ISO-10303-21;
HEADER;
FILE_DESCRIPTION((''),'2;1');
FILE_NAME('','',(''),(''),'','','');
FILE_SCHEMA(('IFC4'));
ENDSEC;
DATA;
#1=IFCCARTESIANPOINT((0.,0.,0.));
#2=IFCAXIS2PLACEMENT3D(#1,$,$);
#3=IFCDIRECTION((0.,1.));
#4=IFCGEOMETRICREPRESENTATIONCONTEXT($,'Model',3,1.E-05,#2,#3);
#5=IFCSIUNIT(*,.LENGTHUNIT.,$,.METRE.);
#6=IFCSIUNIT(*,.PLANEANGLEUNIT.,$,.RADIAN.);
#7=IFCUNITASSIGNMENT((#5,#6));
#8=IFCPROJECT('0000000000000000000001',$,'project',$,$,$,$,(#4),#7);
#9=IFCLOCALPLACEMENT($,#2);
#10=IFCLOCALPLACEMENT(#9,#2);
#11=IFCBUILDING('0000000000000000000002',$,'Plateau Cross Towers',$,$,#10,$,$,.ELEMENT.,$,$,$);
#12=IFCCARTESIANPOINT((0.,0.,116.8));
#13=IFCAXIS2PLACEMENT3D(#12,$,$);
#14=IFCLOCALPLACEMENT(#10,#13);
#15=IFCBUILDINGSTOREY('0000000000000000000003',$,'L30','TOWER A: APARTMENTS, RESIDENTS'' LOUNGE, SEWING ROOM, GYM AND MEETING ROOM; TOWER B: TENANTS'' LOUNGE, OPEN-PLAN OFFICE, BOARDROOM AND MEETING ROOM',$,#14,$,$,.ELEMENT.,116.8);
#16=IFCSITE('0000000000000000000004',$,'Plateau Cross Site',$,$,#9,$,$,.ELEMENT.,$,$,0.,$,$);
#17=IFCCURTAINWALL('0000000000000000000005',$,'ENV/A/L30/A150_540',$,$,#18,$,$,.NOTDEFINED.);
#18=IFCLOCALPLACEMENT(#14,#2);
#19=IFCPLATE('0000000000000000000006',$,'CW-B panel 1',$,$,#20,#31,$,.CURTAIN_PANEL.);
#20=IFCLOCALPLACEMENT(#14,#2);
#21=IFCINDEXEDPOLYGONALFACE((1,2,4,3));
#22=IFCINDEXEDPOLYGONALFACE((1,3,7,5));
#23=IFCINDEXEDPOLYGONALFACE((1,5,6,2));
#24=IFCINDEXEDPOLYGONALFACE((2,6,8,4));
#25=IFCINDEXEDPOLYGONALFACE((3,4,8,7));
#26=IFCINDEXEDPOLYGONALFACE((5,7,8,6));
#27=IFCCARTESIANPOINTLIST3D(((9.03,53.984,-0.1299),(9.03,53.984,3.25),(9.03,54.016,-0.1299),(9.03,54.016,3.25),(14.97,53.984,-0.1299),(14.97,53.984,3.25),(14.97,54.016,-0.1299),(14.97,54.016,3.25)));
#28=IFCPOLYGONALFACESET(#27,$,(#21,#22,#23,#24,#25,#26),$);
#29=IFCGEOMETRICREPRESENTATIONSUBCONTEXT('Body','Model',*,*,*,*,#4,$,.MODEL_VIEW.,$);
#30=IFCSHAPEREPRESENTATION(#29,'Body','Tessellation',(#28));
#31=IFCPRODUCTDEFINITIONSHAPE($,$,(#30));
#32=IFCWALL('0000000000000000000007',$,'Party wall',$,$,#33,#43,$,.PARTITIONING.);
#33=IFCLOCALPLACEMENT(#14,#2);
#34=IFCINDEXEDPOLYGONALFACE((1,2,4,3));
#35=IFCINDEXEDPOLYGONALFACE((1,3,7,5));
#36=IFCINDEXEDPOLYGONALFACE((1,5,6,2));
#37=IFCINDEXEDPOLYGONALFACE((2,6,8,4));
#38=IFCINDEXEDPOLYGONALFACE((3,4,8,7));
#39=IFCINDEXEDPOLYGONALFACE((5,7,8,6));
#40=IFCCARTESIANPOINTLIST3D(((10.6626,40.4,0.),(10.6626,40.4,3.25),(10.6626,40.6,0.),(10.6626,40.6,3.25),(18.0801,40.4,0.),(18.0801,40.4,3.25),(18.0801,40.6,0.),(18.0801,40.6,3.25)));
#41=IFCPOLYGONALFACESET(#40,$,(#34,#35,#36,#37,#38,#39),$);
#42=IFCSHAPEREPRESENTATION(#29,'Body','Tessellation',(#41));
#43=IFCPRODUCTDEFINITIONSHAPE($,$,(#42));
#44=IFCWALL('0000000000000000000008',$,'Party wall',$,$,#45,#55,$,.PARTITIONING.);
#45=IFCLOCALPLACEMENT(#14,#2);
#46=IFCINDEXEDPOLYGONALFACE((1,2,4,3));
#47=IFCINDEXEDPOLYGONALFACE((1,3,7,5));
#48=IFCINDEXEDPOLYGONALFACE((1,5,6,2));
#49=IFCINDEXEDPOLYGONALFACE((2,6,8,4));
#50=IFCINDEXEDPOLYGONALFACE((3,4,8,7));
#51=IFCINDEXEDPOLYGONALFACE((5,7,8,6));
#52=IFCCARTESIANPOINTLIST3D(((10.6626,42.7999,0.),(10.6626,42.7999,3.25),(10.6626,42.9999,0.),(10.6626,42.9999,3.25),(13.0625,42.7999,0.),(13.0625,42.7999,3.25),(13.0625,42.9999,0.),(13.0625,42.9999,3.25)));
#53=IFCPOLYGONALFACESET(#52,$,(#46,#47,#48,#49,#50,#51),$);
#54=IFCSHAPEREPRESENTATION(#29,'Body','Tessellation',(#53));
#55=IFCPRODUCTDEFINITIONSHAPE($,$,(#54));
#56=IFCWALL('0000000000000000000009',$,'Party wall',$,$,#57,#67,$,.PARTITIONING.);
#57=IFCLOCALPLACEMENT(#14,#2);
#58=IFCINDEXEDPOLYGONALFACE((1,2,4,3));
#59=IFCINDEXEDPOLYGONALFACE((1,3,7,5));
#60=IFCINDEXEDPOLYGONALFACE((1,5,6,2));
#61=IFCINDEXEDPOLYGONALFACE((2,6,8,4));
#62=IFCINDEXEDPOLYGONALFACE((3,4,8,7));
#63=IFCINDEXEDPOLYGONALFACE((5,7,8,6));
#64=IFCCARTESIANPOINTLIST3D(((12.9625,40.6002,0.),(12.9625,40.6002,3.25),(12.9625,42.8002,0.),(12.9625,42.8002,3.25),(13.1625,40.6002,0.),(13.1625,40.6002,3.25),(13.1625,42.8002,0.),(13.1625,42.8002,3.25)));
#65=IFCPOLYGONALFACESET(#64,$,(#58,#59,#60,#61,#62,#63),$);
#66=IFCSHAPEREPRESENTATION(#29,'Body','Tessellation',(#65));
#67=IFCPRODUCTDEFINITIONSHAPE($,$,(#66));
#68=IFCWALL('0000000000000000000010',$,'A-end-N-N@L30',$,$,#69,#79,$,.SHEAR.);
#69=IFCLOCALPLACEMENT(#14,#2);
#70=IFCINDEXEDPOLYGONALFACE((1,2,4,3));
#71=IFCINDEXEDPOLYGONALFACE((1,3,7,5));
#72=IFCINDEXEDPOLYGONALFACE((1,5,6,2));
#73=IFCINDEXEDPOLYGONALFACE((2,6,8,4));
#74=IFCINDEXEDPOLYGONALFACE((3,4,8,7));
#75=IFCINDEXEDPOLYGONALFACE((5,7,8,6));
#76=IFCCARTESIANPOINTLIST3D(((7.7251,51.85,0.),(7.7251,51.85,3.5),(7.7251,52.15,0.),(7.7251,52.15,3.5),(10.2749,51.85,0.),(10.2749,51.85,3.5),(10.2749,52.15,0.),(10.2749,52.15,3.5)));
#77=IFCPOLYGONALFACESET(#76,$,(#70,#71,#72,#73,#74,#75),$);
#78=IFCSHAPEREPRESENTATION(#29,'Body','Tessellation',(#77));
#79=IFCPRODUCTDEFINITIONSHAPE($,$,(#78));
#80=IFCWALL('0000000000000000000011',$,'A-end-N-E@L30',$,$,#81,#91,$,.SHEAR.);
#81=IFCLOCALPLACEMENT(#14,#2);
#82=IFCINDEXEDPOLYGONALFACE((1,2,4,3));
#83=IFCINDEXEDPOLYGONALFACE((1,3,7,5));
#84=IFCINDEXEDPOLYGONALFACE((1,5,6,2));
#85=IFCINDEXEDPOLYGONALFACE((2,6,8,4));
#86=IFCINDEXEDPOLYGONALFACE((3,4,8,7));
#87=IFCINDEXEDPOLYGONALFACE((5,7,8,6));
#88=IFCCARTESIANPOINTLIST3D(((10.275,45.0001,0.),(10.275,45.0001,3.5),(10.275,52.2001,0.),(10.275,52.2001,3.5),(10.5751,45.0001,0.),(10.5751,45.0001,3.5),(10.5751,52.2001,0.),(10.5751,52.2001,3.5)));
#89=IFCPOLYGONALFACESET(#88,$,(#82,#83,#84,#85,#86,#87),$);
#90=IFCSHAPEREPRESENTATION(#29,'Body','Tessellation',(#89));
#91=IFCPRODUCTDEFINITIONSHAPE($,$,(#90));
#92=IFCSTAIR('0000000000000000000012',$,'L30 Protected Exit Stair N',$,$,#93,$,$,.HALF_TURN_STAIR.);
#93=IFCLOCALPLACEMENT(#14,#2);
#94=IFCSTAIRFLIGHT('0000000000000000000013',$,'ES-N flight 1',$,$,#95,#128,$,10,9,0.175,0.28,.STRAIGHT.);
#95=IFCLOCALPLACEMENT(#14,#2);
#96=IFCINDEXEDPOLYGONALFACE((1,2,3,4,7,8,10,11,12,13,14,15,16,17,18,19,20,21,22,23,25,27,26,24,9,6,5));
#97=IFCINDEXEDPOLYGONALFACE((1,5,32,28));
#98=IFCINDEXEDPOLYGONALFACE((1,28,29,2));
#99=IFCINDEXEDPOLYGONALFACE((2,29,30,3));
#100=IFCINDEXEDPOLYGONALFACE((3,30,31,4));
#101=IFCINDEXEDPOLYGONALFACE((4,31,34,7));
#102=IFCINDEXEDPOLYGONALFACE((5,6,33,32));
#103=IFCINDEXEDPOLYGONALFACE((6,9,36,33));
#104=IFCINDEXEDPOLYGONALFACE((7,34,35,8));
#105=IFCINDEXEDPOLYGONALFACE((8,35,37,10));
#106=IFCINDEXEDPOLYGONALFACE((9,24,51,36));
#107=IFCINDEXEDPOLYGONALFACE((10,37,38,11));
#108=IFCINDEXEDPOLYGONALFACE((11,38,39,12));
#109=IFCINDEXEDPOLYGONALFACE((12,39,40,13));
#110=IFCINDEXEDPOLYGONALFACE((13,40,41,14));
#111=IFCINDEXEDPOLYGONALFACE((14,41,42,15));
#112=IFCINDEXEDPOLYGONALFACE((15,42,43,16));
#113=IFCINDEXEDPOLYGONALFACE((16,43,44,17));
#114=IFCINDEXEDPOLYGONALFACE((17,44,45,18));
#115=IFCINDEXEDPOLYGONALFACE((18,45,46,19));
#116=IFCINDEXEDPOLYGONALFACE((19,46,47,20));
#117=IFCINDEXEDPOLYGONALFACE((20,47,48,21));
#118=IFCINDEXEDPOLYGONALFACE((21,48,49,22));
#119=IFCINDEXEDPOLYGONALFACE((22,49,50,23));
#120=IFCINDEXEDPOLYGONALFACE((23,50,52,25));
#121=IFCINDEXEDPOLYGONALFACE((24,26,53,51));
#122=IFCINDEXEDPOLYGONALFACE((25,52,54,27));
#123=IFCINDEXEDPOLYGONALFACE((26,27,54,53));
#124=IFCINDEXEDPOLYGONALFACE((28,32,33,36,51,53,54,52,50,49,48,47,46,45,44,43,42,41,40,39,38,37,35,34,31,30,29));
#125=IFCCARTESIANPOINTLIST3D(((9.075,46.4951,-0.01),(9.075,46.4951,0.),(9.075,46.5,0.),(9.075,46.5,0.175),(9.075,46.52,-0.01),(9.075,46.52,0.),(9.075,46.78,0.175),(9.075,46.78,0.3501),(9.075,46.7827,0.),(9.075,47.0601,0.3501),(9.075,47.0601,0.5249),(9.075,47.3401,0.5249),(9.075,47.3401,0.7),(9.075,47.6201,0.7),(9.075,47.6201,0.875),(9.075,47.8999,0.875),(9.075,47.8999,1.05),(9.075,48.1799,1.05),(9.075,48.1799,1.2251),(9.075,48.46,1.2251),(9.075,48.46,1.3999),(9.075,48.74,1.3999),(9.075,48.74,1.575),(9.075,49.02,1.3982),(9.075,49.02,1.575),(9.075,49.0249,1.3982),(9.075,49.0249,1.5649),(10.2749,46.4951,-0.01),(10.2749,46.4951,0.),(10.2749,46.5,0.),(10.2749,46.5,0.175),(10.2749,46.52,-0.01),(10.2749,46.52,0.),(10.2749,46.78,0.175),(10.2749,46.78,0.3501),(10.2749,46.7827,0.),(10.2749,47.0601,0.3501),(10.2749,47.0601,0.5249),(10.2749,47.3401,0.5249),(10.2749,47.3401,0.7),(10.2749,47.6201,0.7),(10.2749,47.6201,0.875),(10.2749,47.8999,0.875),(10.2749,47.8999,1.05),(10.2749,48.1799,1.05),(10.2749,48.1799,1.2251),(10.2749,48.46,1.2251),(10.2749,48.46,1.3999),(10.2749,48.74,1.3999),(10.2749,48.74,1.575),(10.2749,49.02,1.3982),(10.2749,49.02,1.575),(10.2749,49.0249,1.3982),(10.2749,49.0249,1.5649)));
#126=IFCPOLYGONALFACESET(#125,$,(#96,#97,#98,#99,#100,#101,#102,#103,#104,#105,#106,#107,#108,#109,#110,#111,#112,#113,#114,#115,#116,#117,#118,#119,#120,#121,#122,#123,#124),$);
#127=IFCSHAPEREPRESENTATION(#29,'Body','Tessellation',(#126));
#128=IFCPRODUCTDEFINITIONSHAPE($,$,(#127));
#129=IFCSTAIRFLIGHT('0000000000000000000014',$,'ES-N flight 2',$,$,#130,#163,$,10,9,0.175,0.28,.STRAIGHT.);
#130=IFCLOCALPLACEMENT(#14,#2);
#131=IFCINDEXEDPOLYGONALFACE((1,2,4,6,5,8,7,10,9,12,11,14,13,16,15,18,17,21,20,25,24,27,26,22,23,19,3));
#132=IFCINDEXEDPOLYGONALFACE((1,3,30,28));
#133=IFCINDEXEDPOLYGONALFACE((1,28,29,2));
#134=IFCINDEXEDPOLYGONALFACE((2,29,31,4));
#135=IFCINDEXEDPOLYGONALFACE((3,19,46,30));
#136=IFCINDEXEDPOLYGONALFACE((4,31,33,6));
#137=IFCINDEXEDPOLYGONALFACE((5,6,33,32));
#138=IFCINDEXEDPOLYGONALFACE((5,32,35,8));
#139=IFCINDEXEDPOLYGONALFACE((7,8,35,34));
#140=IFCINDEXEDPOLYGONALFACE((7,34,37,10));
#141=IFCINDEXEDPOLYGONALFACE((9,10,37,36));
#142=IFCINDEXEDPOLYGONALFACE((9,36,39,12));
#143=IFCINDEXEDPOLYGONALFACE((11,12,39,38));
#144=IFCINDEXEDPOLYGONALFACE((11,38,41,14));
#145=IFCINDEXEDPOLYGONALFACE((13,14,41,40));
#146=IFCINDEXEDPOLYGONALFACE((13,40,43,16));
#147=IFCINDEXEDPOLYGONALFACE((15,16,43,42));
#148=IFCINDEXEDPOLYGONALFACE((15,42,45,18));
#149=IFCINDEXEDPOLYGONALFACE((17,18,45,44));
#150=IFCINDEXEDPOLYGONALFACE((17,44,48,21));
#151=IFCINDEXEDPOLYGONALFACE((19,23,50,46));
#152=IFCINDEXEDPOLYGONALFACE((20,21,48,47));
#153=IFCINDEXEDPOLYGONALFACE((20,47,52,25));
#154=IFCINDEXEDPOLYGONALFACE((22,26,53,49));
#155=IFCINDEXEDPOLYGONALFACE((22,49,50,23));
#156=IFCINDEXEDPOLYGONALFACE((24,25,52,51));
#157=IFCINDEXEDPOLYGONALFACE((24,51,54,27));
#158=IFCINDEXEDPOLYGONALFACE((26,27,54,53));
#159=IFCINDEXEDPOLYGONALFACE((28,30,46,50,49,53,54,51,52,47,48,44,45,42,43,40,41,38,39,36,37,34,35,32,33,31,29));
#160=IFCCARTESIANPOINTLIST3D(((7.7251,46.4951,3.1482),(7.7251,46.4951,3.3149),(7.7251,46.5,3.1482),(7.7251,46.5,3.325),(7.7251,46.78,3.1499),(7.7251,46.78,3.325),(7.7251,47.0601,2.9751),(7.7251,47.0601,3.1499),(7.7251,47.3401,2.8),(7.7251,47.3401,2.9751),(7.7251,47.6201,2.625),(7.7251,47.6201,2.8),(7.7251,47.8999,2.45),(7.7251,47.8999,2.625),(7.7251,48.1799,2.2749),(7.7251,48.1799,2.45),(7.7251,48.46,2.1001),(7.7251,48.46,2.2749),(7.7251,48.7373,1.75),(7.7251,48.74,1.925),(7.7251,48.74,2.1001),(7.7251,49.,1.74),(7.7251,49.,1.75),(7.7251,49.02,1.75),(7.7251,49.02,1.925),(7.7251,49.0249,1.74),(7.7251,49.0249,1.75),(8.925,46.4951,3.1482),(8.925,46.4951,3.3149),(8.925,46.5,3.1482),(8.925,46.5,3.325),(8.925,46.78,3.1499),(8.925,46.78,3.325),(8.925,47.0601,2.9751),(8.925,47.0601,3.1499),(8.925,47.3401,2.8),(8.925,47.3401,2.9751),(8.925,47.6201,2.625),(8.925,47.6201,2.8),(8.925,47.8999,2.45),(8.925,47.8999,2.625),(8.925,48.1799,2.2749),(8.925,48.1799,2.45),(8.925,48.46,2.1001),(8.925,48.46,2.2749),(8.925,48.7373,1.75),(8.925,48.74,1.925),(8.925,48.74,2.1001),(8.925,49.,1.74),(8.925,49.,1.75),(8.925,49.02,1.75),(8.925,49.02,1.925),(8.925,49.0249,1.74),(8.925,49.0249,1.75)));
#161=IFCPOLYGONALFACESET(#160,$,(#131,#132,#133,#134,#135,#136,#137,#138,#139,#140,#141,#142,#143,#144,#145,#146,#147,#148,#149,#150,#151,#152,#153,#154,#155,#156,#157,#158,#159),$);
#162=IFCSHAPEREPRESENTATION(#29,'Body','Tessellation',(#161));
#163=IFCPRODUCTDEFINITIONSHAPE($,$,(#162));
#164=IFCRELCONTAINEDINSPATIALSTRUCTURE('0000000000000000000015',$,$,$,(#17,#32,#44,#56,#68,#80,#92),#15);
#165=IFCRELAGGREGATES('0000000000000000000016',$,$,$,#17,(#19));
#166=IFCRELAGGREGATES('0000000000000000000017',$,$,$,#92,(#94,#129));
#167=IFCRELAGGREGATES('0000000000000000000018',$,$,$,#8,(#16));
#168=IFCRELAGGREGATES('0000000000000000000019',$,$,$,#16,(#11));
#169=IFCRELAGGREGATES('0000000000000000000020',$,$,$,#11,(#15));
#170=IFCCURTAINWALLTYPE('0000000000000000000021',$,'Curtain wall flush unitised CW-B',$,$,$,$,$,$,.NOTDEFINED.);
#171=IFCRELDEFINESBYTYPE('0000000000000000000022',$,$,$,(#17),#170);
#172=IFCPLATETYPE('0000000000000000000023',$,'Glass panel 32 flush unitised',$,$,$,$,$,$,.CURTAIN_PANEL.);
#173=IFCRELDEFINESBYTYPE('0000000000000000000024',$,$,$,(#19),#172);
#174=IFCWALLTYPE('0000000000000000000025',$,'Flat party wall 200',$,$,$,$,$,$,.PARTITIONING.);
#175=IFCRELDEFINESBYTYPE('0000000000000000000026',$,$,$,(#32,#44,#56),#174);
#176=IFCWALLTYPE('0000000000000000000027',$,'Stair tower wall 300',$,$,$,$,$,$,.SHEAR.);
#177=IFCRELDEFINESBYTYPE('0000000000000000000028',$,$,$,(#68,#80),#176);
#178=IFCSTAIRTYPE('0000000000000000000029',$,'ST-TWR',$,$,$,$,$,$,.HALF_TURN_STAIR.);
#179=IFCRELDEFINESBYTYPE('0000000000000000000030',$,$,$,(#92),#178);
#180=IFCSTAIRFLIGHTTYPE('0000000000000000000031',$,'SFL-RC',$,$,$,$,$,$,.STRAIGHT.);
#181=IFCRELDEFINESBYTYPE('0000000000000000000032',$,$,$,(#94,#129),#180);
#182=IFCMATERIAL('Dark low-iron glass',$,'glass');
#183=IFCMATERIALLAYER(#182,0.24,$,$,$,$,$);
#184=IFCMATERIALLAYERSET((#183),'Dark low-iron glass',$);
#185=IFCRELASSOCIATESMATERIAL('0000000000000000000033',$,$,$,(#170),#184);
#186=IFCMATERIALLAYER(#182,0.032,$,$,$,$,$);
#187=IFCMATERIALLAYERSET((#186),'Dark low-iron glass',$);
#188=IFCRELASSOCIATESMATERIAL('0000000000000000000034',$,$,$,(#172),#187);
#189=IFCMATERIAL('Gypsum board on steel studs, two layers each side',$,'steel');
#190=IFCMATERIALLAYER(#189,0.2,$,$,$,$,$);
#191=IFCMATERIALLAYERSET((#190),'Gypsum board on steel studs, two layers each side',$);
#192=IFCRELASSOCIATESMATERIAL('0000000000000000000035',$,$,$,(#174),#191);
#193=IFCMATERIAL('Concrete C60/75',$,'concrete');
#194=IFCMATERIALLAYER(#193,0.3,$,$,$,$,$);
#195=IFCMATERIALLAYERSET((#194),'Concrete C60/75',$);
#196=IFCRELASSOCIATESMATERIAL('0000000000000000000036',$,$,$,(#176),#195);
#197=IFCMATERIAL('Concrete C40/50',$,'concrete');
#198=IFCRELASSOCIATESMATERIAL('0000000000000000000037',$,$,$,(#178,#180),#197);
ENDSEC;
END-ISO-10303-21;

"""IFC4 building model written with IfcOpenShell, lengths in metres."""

from ifc_helpers import new_model, si_unit, direction, frame, frame_2d, origin, origin_2d, place, context, subcontext, project, spatial, polyline, rectangle, outline, extrude, material, layer, layer_set, type_object, element, aggregate, save


model = new_model("IFC4")

# Units and contexts
model_context = context("Model", 3, precision=1e-05, world=origin(), true_north=direction((0.0, 1.0)))
body_context = subcontext(model_context, "Body", "Model", "MODEL_VIEW")
ifc_project = project(units=[si_unit("LENGTHUNIT", "METRE"), si_unit("PLANEANGLEUNIT", "RADIAN")], contexts=[model_context])

# Site, building, storey
site_placement = place(None, origin())
site = spatial("IfcSite", under=ifc_project, at=site_placement, Name="Plateau Cross Site", CompositionType="ELEMENT", RefElevation=0.0)
building_placement = place(site_placement, origin())
building = spatial("IfcBuilding", under=site, at=building_placement, Name="Plateau Cross Towers", CompositionType="ELEMENT")
storey_placement = place(building_placement, frame((0.0, 0.0, 116.8)))
storey = spatial("IfcBuildingStorey", under=building, at=storey_placement, Name="L30", Description="TOWER A: APARTMENTS, RESIDENTS' LOUNGE, SEWING ROOM, GYM AND MEETING ROOM; TOWER B: TENANTS' LOUNGE, OPEN-PLAN OFFICE, BOARDROOM AND MEETING ROOM", CompositionType="ELEMENT", Elevation=116.8)

# Shared definitions
ifc_material_1 = material(Name="Concrete C60/75", Category="concrete")

# Shared definitions
ifc_material_2 = material(Name="Dark low-iron glass", Category="glass")
ifc_layer_1 = layer(ifc_material_2, 0.24)
ifc_layer_set_1 = layer_set([ifc_layer_1], Name="Dark low-iron glass")
curtain_wall_type = type_object("IfcCurtainWallType", Name="Curtain wall flush unitised CW-B", PredefinedType="NOTDEFINED", material=ifc_layer_set_1)

# Curtain wall
curtain_wall_1_placement = place(storey_placement, origin())
curtain_wall_1 = element("IfcCurtainWall", 1, at=curtain_wall_1_placement, inside=storey, type_object=curtain_wall_type, Name="ENV/A/L30/A150_540", PredefinedType="NOTDEFINED")

# Plate
ifc_layer_2 = layer(ifc_material_2, 0.032)
ifc_layer_set_2 = layer_set([ifc_layer_2], Name="Dark low-iron glass")
plate_type = type_object("IfcPlateType", Name="Glass panel 32 flush unitised", PredefinedType="CURTAIN_PANEL", material=ifc_layer_set_2)
plate_1_placement = place(storey_placement, frame((12.0, 54.0, -0.1299), z_axis=(0.0, 0.0, 1.0), x_axis=(-1.0, 0.0, 0.0)))
plate_1 = element("IfcPlate", 2, at=plate_1_placement, type_object=plate_type, Name="CW-B panel 1", PredefinedType="CURTAIN_PANEL", context=body_context, shape_type="SweptSolid", body=[
    extrude(rectangle(XDim=5.9399, YDim=0.032, at=origin_2d()), origin(), (0.0, 0.0, 1.0), 3.3799),
])
aggregate(curtain_wall_1, [plate_1])

# Walls
ifc_material_3 = material(Name="Gypsum board on steel studs, two layers each side", Category="steel")
ifc_layer_3 = layer(ifc_material_3, 0.2)
ifc_layer_set_3 = layer_set([ifc_layer_3], Name="Gypsum board on steel studs, two layers each side")
wall_type_1 = type_object("IfcWallType", Name="Flat party wall 200", PredefinedType="PARTITIONING", material=ifc_layer_set_3)
wall_1_placement = place(storey_placement, frame((18.0801, 40.5, 0.0), z_axis=(0.0, 0.0, 1.0), x_axis=(-1.0, 0.0, 0.0)))
element("IfcWall", 3, at=wall_1_placement, inside=storey, type_object=wall_type_1, Name="Party wall", PredefinedType="PARTITIONING", context=body_context, shape_type="SweptSolid", body=[
    extrude(rectangle(XDim=7.4175, YDim=0.2, at=frame_2d((3.7087, 0.0))), origin(), (0.0, 0.0, 1.0), 3.25),
])
wall_2_placement = place(storey_placement, frame((13.0625, 42.8999, 0.0), z_axis=(0.0, 0.0, 1.0), x_axis=(-1.0, 0.0, 0.0)))
element("IfcWall", 4, at=wall_2_placement, inside=storey, type_object=wall_type_1, Name="Party wall", PredefinedType="PARTITIONING", context=body_context, shape_type="SweptSolid", body=[
    extrude(rectangle(XDim=2.3999, YDim=0.2, at=frame_2d((1.2, 0.0))), origin(), (0.0, 0.0, 1.0), 3.25),
])
wall_3_placement = place(storey_placement, frame((13.0625, 40.6001, 0.0), z_axis=(0.0, 0.0, 1.0), x_axis=(0.0, 1.0, 0.0)))
element("IfcWall", 5, at=wall_3_placement, inside=storey, type_object=wall_type_1, Name="Party wall", PredefinedType="PARTITIONING", context=body_context, shape_type="SweptSolid", body=[
    extrude(rectangle(XDim=2.2, YDim=0.2, at=frame_2d((1.1001, 0.0))), origin(), (0.0, 0.0, 1.0), 3.25),
])
ifc_layer_4 = layer(ifc_material_1, 0.3)
ifc_layer_set_4 = layer_set([ifc_layer_4], Name="Concrete C60/75")
wall_type_2 = type_object("IfcWallType", Name="Stair tower wall 300", PredefinedType="SHEAR", material=ifc_layer_set_4)
wall_4_placement = place(storey_placement, frame((7.7251, 52.0, 0.0), z_axis=(0.0, 0.0, 1.0), x_axis=(1.0, 0.0, 0.0)))
element("IfcWall", 6, at=wall_4_placement, inside=storey, type_object=wall_type_2, Name="A-end-N-N@L30", PredefinedType="SHEAR", context=body_context, shape_type="SweptSolid", body=[
    extrude(rectangle(XDim=2.5498, YDim=0.3, at=frame_2d((1.2749, 0.0))), origin(), (0.0, 0.0, 1.0), 3.5),
])
wall_5_placement = place(storey_placement, frame((10.425, 45.0, 0.0), z_axis=(0.0, 0.0, 1.0), x_axis=(0.0, 1.0, 0.0)))
element("IfcWall", 7, at=wall_5_placement, inside=storey, type_object=wall_type_2, Name="A-end-N-E@L30", PredefinedType="SHEAR", context=body_context, shape_type="SweptSolid", body=[
    extrude(rectangle(XDim=7.2, YDim=0.3, at=frame_2d((3.6001, 0.0))), origin(), (0.0, 0.0, 1.0), 3.5),
])

# Stair, stair flights
ifc_material_4 = material(Name="Concrete C40/50", Category="concrete")
stair_type = type_object("IfcStairType", Name="ST-TWR", PredefinedType="HALF_TURN_STAIR", material=ifc_material_4)
stair_placement = place(storey_placement, origin())
stair = element("IfcStair", 8, at=stair_placement, inside=storey, type_object=stair_type, Name="L30 Protected Exit Stair N", PredefinedType="HALF_TURN_STAIR")
stair_flight_type = type_object("IfcStairFlightType", Name="SFL-RC", PredefinedType="STRAIGHT", material=ifc_material_4)
stair_flight_1_placement = place(storey_placement, frame((9.675, 46.5, 0.0), z_axis=(0.0, 0.0, 1.0), x_axis=(0.0, 1.0, 0.0)))
stair_flight_1 = element("IfcStairFlight", 9, at=stair_flight_1_placement, type_object=stair_flight_type, Name="ES-N flight 1", NumberOfRisers=10, NumberOfTreads=9, PredefinedType="STRAIGHT", RiserHeight=0.175, TreadLength=0.28, context=body_context, shape_type="SweptSolid", body=[
    extrude(outline(polyline([(-0.0049, -0.01), (-0.0049, 0.0), (0.0, 0.0), (0.0, 0.175), (0.28, 0.175), (0.28, 0.3501), (0.5601, 0.3501), (0.5601, 0.5249), (0.8401, 0.5249), (0.8401, 0.7), (1.1201, 0.7), (1.1201, 0.875), (1.3999, 0.875), (1.3999, 1.05), (1.6799, 1.05), (1.6799, 1.2251), (1.96, 1.2251), (1.96, 1.3999), (2.24, 1.3999), (2.24, 1.575), (2.52, 1.575), (2.5249, 1.5649), (2.5249, 1.3982), (2.52, 1.3982), (0.2827, 0.0), (0.02, 0.0), (0.02, -0.01), (-0.0049, -0.01)])), frame((0.0, 0.6001, 0.0), z_axis=(0.0, -1.0, 0.0), x_axis=(1.0, 0.0, 0.0)), (0.0, 0.0, 1.0), 1.2),
])
stair_flight_2_placement = place(storey_placement, frame((8.325, 49.02, 1.75), z_axis=(0.0, 0.0, 1.0), x_axis=(0.0, -1.0, 0.0)))
stair_flight_2 = element("IfcStairFlight", 10, at=stair_flight_2_placement, type_object=stair_flight_type, Name="ES-N flight 2", NumberOfRisers=10, NumberOfTreads=9, PredefinedType="STRAIGHT", RiserHeight=0.175, TreadLength=0.28, context=body_context, shape_type="SweptSolid", body=[
    extrude(outline(polyline([(-0.0049, -0.01), (-0.0049, 0.0), (0.0, 0.0), (0.0, 0.175), (0.28, 0.175), (0.28, 0.3501), (0.5601, 0.3501), (0.5601, 0.5249), (0.8401, 0.5249), (0.8401, 0.7), (1.1201, 0.7), (1.1201, 0.875), (1.3999, 0.875), (1.3999, 1.05), (1.6799, 1.05), (1.6799, 1.2251), (1.96, 1.2251), (1.96, 1.3999), (2.24, 1.3999), (2.24, 1.575), (2.52, 1.575), (2.5249, 1.5649), (2.5249, 1.3982), (2.52, 1.3982), (0.2827, 0.0), (0.02, 0.0), (0.02, -0.01), (-0.0049, -0.01)])), frame((0.0, 0.6001, 0.0), z_axis=(0.0, -1.0, 0.0), x_axis=(1.0, 0.0, 0.0)), (0.0, 0.0, 1.0), 1.2),
])
aggregate(stair, [stair_flight_1, stair_flight_2])

save(model, "model.ifc")
